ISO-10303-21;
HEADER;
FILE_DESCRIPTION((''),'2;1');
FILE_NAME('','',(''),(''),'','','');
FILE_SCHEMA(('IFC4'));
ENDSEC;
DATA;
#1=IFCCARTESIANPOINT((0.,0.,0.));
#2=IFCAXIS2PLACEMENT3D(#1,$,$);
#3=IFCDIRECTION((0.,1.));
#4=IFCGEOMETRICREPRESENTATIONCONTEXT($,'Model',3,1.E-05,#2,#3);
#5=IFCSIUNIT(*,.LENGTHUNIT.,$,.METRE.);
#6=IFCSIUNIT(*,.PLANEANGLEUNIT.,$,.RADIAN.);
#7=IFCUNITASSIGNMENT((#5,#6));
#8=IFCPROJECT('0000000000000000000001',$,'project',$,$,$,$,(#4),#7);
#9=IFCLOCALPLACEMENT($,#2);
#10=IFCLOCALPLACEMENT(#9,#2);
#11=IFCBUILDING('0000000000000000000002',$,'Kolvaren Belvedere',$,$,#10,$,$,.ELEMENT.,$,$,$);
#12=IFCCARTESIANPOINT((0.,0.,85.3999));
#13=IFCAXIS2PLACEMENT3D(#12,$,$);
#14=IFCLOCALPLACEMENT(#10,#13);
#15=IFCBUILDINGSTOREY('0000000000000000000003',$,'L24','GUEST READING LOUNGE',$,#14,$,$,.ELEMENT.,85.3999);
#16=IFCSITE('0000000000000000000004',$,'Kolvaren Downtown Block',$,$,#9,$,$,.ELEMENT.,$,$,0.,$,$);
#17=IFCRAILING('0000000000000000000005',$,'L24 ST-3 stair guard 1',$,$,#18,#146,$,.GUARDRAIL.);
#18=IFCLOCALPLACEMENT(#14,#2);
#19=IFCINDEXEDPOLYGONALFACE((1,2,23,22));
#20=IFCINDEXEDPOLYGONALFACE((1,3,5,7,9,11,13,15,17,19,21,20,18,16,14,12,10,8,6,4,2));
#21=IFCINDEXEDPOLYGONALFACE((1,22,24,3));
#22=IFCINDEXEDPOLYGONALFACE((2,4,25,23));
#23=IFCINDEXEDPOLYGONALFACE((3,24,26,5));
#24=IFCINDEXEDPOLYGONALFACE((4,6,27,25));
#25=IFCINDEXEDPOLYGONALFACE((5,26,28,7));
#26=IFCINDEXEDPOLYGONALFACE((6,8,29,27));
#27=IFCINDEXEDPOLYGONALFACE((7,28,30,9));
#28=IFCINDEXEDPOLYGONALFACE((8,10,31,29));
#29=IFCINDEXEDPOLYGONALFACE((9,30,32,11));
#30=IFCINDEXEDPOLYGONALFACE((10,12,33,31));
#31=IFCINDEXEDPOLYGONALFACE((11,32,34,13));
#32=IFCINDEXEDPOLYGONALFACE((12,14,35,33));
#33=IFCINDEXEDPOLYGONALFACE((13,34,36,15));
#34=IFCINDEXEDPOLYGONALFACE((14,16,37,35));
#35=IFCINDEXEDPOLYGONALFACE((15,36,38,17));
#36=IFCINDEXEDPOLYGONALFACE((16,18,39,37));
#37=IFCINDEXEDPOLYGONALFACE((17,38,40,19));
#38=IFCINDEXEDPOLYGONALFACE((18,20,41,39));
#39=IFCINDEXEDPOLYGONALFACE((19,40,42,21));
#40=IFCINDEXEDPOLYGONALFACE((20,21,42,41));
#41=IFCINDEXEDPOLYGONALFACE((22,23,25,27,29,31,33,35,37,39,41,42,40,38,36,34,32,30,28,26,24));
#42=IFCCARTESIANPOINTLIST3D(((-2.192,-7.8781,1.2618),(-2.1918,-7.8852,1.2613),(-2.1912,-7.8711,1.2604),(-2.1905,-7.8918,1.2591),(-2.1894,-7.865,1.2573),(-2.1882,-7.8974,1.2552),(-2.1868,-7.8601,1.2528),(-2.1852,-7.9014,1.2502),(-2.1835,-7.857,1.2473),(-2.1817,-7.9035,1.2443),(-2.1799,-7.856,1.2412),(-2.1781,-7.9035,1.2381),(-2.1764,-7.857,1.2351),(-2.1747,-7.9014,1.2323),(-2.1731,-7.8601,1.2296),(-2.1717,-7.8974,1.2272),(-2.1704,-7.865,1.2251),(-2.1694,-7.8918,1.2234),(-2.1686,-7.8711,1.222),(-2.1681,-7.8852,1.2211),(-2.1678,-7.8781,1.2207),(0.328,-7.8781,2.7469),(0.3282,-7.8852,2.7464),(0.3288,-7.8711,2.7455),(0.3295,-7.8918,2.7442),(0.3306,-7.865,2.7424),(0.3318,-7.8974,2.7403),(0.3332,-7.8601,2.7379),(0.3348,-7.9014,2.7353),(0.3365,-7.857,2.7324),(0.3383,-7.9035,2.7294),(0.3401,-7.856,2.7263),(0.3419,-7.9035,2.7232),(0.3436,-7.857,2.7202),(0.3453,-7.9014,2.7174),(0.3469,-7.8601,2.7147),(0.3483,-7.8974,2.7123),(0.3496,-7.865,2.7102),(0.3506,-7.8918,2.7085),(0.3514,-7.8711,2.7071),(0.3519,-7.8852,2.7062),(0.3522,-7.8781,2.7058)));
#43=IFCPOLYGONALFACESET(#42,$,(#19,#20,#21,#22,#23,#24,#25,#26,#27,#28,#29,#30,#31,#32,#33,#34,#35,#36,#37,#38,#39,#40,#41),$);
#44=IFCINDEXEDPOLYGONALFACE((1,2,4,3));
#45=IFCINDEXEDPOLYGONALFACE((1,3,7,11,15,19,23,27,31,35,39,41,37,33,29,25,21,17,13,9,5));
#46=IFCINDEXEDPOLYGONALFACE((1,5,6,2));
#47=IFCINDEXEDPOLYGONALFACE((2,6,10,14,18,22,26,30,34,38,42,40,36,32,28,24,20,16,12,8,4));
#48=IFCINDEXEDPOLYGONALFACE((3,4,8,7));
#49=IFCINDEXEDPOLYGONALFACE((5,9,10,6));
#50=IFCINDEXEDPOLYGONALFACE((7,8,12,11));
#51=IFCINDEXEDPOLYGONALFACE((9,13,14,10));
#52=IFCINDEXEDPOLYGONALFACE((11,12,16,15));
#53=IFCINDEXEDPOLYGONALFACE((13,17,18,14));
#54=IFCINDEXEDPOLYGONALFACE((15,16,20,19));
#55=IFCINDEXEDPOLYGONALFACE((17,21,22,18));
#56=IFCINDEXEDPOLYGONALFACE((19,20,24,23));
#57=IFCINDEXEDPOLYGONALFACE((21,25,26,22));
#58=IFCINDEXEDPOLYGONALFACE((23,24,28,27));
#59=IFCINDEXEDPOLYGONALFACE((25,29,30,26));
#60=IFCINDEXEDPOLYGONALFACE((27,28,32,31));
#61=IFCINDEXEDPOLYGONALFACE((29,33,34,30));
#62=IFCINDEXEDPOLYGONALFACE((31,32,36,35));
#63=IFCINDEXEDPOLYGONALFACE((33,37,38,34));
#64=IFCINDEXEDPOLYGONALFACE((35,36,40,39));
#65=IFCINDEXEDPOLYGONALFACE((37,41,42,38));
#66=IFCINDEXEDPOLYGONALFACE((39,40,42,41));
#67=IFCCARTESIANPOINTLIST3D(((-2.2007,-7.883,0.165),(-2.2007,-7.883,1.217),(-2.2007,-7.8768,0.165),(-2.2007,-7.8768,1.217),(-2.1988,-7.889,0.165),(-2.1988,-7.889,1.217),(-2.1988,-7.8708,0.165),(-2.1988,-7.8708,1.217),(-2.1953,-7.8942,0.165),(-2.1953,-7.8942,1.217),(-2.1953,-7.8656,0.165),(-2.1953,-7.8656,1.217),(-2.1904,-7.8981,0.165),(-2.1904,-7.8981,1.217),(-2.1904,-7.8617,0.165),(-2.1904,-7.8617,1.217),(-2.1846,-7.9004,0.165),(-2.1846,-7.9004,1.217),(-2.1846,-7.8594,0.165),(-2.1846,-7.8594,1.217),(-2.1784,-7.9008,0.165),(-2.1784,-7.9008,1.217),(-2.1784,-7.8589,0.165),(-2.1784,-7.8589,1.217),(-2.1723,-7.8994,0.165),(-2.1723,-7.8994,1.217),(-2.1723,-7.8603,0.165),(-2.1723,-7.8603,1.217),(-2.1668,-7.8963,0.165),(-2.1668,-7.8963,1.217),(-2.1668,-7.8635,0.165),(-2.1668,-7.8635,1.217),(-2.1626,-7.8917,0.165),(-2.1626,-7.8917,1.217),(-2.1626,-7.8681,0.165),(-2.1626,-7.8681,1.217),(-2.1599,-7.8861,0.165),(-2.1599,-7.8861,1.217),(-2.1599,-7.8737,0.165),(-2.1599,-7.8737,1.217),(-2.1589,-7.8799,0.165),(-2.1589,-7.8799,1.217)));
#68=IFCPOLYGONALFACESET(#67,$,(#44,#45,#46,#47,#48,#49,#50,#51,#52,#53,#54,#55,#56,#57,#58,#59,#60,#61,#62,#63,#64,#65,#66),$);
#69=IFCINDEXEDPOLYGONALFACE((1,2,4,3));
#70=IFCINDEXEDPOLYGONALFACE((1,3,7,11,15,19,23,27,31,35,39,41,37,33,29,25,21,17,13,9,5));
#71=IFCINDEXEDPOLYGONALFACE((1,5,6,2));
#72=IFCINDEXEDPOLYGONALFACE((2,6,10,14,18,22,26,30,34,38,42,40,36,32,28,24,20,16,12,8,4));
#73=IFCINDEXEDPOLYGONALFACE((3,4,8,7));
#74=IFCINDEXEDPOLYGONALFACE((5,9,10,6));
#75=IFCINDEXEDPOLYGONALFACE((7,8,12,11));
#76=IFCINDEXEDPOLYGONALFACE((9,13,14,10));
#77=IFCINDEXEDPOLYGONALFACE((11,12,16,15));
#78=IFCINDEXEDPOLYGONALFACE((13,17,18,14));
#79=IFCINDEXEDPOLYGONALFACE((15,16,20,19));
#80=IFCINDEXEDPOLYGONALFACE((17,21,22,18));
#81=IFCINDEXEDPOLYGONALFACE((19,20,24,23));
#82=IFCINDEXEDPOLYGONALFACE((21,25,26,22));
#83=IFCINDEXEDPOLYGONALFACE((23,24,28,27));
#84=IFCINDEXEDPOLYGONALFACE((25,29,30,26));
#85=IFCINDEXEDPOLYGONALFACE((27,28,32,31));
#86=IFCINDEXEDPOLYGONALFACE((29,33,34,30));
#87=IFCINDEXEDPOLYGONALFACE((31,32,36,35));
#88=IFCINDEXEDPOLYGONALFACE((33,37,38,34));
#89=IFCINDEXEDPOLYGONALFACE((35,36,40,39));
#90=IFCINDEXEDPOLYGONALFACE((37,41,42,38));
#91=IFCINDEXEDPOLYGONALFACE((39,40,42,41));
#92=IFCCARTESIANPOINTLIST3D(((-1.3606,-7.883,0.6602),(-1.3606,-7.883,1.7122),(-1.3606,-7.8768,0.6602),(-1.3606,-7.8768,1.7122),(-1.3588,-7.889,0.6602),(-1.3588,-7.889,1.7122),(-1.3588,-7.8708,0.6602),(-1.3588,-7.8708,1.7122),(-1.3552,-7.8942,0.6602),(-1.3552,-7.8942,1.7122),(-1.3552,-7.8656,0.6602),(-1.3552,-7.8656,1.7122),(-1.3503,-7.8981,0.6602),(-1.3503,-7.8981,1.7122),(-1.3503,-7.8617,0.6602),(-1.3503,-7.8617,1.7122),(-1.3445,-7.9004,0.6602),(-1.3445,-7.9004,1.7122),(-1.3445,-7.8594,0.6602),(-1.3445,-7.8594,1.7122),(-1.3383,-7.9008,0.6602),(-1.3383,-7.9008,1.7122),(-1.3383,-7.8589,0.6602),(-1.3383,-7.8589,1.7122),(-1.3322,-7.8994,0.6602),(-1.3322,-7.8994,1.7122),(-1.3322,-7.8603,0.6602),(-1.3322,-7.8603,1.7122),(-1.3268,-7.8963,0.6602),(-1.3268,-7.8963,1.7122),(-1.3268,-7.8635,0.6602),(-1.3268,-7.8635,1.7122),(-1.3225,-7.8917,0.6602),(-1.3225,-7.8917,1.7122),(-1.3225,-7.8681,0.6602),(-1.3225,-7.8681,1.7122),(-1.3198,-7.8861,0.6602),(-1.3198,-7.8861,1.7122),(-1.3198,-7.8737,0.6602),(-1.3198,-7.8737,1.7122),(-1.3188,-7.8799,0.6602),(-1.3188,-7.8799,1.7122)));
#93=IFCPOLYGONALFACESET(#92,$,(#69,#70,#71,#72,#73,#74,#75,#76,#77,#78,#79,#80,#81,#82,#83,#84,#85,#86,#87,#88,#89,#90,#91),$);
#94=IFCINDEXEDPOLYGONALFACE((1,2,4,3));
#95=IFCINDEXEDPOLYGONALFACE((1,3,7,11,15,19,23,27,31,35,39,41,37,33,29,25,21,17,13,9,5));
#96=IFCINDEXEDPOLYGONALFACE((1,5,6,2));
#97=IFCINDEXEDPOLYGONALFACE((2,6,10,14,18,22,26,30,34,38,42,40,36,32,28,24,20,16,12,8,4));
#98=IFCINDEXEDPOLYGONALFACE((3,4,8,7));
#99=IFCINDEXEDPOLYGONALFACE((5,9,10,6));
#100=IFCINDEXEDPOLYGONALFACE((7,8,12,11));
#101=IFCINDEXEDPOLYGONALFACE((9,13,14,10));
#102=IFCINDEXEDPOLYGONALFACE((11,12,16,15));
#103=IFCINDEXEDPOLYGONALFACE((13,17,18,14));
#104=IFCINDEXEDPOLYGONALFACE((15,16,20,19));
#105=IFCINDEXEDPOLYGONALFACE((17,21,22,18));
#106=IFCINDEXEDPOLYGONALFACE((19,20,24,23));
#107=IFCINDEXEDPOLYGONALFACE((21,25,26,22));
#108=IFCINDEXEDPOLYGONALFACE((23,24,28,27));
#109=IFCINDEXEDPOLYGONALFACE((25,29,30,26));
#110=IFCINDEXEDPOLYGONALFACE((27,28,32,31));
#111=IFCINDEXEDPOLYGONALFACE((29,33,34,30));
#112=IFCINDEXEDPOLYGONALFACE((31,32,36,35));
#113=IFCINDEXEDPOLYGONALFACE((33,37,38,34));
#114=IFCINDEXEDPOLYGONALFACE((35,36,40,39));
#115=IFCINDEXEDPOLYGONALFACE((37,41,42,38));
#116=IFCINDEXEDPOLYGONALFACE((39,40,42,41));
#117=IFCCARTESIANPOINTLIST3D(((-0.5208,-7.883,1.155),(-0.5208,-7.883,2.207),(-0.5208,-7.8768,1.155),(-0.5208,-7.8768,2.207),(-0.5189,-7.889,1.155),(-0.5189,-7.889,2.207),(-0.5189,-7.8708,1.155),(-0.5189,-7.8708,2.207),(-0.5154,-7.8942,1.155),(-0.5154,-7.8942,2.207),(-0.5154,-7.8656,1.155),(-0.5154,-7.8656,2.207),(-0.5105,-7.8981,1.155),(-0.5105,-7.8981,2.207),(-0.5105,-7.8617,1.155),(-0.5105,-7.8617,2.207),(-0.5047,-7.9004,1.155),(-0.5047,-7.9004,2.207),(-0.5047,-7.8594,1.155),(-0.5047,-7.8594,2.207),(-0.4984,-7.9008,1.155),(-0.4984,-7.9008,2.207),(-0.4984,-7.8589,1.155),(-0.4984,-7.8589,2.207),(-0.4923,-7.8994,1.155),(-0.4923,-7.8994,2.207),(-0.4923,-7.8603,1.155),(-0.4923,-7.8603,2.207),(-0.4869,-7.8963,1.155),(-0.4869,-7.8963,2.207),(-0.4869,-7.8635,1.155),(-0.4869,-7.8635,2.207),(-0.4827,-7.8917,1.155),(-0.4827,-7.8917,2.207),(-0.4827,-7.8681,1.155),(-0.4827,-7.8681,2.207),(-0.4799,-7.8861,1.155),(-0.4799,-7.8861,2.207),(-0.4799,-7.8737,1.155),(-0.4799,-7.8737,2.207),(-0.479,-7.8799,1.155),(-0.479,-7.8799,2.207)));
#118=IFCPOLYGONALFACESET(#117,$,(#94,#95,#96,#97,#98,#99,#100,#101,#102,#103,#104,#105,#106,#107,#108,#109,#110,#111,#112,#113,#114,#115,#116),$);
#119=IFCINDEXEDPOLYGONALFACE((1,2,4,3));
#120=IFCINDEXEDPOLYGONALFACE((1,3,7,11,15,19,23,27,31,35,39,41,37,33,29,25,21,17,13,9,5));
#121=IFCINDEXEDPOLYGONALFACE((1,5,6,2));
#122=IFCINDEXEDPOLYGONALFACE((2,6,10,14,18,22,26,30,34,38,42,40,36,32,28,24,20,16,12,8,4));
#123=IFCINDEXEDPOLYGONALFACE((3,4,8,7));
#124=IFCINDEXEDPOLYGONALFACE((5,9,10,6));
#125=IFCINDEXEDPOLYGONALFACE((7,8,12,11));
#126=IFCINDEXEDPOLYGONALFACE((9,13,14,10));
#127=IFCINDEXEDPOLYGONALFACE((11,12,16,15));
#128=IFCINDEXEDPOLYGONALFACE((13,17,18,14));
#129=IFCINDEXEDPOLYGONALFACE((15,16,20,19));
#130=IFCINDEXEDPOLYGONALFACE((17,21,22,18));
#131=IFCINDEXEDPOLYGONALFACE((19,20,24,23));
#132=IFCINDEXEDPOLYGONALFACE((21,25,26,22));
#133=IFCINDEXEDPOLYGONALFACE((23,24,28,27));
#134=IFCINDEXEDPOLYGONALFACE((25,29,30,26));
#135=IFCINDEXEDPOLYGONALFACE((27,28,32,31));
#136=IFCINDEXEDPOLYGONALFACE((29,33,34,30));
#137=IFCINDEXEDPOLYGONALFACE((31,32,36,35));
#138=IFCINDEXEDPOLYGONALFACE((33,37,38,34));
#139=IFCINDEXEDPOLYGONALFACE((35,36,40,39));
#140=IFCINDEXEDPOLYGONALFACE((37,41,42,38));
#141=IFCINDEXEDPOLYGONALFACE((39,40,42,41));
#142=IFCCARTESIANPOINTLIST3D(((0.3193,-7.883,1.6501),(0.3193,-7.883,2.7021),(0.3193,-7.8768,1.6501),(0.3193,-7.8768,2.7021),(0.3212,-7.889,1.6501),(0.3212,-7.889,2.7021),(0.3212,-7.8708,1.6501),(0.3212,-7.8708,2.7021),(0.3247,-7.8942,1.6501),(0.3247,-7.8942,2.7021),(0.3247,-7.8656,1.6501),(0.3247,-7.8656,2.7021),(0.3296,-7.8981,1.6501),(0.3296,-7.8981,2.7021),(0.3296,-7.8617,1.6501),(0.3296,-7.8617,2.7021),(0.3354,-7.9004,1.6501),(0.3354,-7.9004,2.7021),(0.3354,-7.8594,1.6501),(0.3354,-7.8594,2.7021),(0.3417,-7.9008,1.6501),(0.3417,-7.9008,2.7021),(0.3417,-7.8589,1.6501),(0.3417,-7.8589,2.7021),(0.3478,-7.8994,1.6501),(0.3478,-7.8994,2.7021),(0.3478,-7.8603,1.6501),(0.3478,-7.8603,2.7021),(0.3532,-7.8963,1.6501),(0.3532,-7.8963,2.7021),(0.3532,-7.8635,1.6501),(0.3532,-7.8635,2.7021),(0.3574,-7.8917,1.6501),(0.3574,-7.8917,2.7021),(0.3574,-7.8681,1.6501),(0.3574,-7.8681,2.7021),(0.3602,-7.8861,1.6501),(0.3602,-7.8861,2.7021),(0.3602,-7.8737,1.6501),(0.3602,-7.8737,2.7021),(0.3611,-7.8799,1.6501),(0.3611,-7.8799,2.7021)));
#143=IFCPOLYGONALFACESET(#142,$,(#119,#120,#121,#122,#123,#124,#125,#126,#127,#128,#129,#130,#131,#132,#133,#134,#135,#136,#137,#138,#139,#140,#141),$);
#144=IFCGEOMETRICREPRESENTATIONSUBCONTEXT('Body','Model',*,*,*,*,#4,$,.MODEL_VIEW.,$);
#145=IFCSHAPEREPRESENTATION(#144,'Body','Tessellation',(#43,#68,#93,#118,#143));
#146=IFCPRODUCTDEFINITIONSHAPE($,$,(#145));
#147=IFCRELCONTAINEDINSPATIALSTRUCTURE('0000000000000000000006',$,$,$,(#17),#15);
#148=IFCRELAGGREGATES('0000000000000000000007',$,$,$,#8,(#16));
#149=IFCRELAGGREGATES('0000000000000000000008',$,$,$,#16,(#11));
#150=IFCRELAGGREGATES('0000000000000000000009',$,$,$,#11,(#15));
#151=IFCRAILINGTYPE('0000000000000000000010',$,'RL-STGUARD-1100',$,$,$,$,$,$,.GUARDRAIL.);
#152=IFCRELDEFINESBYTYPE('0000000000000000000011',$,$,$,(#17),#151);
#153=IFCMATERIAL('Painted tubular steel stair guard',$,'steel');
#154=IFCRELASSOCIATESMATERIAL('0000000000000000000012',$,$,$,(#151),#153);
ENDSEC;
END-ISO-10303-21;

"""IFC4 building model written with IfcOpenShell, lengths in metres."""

from ifc_helpers import new_model, si_unit, direction, frame, origin, origin_2d, place, context, subcontext, project, spatial, circle, extrude, material, type_object, element, save


model = new_model("IFC4")

# Units and contexts
model_context = context("Model", 3, precision=1e-05, world=origin(), true_north=direction((0.0, 1.0)))
body_context = subcontext(model_context, "Body", "Model", "MODEL_VIEW")
ifc_project = project(units=[si_unit("LENGTHUNIT", "METRE"), si_unit("PLANEANGLEUNIT", "RADIAN")], contexts=[model_context])

# Site, building, storey
site_placement = place(None, origin())
site = spatial("IfcSite", under=ifc_project, at=site_placement, Name="Kolvaren Downtown Block", CompositionType="ELEMENT", RefElevation=0.0)
building_placement = place(site_placement, origin())
building = spatial("IfcBuilding", under=site, at=building_placement, Name="Kolvaren Belvedere", CompositionType="ELEMENT")
storey_placement = place(building_placement, frame((0.0, 0.0, 85.3999)))
storey = spatial("IfcBuildingStorey", under=building, at=storey_placement, Name="L24", Description="GUEST READING LOUNGE", CompositionType="ELEMENT", Elevation=85.3999)

# Railing
ifc_material_1 = material(Name="Painted tubular steel stair guard", Category="steel")
railing_type_1 = type_object("IfcRailingType", Name="RL-STGUARD-1100", PredefinedType="GUARDRAIL", material=ifc_material_1)
railing_1_placement = place(storey_placement, frame((-2.1799, -7.8799, 0.165)))
element("IfcRailing", 1, at=railing_1_placement, inside=storey, type_object=railing_type_1, Name="L24 ST-3 stair guard 1", PredefinedType="GUARDRAIL", context=body_context, shape_type="SweptSolid", body=[
    extrude(circle(Radius=0.0239, at=origin_2d()), frame((0.0, 0.0, 1.0762), z_axis=(0.861524, 0.0, 0.507717), x_axis=(0.0, 1.0, 0.0)), (0.0, 0.0, 1.0), 2.925),
    extrude(circle(Radius=0.021, at=origin_2d()), origin(), (0.0, 0.0, 1.0), 1.052),
    extrude(circle(Radius=0.021, at=origin_2d()), frame((0.8401, 0.0, 0.4951)), (0.0, 0.0, 1.0), 1.052),
    extrude(circle(Radius=0.021, at=origin_2d()), frame((1.6799, 0.0, 0.99)), (0.0, 0.0, 1.0), 1.052),
    extrude(circle(Radius=0.021, at=origin_2d()), frame((2.52, 0.0, 1.4851)), (0.0, 0.0, 1.0), 1.052),
])

save(model, "model.ifc")
